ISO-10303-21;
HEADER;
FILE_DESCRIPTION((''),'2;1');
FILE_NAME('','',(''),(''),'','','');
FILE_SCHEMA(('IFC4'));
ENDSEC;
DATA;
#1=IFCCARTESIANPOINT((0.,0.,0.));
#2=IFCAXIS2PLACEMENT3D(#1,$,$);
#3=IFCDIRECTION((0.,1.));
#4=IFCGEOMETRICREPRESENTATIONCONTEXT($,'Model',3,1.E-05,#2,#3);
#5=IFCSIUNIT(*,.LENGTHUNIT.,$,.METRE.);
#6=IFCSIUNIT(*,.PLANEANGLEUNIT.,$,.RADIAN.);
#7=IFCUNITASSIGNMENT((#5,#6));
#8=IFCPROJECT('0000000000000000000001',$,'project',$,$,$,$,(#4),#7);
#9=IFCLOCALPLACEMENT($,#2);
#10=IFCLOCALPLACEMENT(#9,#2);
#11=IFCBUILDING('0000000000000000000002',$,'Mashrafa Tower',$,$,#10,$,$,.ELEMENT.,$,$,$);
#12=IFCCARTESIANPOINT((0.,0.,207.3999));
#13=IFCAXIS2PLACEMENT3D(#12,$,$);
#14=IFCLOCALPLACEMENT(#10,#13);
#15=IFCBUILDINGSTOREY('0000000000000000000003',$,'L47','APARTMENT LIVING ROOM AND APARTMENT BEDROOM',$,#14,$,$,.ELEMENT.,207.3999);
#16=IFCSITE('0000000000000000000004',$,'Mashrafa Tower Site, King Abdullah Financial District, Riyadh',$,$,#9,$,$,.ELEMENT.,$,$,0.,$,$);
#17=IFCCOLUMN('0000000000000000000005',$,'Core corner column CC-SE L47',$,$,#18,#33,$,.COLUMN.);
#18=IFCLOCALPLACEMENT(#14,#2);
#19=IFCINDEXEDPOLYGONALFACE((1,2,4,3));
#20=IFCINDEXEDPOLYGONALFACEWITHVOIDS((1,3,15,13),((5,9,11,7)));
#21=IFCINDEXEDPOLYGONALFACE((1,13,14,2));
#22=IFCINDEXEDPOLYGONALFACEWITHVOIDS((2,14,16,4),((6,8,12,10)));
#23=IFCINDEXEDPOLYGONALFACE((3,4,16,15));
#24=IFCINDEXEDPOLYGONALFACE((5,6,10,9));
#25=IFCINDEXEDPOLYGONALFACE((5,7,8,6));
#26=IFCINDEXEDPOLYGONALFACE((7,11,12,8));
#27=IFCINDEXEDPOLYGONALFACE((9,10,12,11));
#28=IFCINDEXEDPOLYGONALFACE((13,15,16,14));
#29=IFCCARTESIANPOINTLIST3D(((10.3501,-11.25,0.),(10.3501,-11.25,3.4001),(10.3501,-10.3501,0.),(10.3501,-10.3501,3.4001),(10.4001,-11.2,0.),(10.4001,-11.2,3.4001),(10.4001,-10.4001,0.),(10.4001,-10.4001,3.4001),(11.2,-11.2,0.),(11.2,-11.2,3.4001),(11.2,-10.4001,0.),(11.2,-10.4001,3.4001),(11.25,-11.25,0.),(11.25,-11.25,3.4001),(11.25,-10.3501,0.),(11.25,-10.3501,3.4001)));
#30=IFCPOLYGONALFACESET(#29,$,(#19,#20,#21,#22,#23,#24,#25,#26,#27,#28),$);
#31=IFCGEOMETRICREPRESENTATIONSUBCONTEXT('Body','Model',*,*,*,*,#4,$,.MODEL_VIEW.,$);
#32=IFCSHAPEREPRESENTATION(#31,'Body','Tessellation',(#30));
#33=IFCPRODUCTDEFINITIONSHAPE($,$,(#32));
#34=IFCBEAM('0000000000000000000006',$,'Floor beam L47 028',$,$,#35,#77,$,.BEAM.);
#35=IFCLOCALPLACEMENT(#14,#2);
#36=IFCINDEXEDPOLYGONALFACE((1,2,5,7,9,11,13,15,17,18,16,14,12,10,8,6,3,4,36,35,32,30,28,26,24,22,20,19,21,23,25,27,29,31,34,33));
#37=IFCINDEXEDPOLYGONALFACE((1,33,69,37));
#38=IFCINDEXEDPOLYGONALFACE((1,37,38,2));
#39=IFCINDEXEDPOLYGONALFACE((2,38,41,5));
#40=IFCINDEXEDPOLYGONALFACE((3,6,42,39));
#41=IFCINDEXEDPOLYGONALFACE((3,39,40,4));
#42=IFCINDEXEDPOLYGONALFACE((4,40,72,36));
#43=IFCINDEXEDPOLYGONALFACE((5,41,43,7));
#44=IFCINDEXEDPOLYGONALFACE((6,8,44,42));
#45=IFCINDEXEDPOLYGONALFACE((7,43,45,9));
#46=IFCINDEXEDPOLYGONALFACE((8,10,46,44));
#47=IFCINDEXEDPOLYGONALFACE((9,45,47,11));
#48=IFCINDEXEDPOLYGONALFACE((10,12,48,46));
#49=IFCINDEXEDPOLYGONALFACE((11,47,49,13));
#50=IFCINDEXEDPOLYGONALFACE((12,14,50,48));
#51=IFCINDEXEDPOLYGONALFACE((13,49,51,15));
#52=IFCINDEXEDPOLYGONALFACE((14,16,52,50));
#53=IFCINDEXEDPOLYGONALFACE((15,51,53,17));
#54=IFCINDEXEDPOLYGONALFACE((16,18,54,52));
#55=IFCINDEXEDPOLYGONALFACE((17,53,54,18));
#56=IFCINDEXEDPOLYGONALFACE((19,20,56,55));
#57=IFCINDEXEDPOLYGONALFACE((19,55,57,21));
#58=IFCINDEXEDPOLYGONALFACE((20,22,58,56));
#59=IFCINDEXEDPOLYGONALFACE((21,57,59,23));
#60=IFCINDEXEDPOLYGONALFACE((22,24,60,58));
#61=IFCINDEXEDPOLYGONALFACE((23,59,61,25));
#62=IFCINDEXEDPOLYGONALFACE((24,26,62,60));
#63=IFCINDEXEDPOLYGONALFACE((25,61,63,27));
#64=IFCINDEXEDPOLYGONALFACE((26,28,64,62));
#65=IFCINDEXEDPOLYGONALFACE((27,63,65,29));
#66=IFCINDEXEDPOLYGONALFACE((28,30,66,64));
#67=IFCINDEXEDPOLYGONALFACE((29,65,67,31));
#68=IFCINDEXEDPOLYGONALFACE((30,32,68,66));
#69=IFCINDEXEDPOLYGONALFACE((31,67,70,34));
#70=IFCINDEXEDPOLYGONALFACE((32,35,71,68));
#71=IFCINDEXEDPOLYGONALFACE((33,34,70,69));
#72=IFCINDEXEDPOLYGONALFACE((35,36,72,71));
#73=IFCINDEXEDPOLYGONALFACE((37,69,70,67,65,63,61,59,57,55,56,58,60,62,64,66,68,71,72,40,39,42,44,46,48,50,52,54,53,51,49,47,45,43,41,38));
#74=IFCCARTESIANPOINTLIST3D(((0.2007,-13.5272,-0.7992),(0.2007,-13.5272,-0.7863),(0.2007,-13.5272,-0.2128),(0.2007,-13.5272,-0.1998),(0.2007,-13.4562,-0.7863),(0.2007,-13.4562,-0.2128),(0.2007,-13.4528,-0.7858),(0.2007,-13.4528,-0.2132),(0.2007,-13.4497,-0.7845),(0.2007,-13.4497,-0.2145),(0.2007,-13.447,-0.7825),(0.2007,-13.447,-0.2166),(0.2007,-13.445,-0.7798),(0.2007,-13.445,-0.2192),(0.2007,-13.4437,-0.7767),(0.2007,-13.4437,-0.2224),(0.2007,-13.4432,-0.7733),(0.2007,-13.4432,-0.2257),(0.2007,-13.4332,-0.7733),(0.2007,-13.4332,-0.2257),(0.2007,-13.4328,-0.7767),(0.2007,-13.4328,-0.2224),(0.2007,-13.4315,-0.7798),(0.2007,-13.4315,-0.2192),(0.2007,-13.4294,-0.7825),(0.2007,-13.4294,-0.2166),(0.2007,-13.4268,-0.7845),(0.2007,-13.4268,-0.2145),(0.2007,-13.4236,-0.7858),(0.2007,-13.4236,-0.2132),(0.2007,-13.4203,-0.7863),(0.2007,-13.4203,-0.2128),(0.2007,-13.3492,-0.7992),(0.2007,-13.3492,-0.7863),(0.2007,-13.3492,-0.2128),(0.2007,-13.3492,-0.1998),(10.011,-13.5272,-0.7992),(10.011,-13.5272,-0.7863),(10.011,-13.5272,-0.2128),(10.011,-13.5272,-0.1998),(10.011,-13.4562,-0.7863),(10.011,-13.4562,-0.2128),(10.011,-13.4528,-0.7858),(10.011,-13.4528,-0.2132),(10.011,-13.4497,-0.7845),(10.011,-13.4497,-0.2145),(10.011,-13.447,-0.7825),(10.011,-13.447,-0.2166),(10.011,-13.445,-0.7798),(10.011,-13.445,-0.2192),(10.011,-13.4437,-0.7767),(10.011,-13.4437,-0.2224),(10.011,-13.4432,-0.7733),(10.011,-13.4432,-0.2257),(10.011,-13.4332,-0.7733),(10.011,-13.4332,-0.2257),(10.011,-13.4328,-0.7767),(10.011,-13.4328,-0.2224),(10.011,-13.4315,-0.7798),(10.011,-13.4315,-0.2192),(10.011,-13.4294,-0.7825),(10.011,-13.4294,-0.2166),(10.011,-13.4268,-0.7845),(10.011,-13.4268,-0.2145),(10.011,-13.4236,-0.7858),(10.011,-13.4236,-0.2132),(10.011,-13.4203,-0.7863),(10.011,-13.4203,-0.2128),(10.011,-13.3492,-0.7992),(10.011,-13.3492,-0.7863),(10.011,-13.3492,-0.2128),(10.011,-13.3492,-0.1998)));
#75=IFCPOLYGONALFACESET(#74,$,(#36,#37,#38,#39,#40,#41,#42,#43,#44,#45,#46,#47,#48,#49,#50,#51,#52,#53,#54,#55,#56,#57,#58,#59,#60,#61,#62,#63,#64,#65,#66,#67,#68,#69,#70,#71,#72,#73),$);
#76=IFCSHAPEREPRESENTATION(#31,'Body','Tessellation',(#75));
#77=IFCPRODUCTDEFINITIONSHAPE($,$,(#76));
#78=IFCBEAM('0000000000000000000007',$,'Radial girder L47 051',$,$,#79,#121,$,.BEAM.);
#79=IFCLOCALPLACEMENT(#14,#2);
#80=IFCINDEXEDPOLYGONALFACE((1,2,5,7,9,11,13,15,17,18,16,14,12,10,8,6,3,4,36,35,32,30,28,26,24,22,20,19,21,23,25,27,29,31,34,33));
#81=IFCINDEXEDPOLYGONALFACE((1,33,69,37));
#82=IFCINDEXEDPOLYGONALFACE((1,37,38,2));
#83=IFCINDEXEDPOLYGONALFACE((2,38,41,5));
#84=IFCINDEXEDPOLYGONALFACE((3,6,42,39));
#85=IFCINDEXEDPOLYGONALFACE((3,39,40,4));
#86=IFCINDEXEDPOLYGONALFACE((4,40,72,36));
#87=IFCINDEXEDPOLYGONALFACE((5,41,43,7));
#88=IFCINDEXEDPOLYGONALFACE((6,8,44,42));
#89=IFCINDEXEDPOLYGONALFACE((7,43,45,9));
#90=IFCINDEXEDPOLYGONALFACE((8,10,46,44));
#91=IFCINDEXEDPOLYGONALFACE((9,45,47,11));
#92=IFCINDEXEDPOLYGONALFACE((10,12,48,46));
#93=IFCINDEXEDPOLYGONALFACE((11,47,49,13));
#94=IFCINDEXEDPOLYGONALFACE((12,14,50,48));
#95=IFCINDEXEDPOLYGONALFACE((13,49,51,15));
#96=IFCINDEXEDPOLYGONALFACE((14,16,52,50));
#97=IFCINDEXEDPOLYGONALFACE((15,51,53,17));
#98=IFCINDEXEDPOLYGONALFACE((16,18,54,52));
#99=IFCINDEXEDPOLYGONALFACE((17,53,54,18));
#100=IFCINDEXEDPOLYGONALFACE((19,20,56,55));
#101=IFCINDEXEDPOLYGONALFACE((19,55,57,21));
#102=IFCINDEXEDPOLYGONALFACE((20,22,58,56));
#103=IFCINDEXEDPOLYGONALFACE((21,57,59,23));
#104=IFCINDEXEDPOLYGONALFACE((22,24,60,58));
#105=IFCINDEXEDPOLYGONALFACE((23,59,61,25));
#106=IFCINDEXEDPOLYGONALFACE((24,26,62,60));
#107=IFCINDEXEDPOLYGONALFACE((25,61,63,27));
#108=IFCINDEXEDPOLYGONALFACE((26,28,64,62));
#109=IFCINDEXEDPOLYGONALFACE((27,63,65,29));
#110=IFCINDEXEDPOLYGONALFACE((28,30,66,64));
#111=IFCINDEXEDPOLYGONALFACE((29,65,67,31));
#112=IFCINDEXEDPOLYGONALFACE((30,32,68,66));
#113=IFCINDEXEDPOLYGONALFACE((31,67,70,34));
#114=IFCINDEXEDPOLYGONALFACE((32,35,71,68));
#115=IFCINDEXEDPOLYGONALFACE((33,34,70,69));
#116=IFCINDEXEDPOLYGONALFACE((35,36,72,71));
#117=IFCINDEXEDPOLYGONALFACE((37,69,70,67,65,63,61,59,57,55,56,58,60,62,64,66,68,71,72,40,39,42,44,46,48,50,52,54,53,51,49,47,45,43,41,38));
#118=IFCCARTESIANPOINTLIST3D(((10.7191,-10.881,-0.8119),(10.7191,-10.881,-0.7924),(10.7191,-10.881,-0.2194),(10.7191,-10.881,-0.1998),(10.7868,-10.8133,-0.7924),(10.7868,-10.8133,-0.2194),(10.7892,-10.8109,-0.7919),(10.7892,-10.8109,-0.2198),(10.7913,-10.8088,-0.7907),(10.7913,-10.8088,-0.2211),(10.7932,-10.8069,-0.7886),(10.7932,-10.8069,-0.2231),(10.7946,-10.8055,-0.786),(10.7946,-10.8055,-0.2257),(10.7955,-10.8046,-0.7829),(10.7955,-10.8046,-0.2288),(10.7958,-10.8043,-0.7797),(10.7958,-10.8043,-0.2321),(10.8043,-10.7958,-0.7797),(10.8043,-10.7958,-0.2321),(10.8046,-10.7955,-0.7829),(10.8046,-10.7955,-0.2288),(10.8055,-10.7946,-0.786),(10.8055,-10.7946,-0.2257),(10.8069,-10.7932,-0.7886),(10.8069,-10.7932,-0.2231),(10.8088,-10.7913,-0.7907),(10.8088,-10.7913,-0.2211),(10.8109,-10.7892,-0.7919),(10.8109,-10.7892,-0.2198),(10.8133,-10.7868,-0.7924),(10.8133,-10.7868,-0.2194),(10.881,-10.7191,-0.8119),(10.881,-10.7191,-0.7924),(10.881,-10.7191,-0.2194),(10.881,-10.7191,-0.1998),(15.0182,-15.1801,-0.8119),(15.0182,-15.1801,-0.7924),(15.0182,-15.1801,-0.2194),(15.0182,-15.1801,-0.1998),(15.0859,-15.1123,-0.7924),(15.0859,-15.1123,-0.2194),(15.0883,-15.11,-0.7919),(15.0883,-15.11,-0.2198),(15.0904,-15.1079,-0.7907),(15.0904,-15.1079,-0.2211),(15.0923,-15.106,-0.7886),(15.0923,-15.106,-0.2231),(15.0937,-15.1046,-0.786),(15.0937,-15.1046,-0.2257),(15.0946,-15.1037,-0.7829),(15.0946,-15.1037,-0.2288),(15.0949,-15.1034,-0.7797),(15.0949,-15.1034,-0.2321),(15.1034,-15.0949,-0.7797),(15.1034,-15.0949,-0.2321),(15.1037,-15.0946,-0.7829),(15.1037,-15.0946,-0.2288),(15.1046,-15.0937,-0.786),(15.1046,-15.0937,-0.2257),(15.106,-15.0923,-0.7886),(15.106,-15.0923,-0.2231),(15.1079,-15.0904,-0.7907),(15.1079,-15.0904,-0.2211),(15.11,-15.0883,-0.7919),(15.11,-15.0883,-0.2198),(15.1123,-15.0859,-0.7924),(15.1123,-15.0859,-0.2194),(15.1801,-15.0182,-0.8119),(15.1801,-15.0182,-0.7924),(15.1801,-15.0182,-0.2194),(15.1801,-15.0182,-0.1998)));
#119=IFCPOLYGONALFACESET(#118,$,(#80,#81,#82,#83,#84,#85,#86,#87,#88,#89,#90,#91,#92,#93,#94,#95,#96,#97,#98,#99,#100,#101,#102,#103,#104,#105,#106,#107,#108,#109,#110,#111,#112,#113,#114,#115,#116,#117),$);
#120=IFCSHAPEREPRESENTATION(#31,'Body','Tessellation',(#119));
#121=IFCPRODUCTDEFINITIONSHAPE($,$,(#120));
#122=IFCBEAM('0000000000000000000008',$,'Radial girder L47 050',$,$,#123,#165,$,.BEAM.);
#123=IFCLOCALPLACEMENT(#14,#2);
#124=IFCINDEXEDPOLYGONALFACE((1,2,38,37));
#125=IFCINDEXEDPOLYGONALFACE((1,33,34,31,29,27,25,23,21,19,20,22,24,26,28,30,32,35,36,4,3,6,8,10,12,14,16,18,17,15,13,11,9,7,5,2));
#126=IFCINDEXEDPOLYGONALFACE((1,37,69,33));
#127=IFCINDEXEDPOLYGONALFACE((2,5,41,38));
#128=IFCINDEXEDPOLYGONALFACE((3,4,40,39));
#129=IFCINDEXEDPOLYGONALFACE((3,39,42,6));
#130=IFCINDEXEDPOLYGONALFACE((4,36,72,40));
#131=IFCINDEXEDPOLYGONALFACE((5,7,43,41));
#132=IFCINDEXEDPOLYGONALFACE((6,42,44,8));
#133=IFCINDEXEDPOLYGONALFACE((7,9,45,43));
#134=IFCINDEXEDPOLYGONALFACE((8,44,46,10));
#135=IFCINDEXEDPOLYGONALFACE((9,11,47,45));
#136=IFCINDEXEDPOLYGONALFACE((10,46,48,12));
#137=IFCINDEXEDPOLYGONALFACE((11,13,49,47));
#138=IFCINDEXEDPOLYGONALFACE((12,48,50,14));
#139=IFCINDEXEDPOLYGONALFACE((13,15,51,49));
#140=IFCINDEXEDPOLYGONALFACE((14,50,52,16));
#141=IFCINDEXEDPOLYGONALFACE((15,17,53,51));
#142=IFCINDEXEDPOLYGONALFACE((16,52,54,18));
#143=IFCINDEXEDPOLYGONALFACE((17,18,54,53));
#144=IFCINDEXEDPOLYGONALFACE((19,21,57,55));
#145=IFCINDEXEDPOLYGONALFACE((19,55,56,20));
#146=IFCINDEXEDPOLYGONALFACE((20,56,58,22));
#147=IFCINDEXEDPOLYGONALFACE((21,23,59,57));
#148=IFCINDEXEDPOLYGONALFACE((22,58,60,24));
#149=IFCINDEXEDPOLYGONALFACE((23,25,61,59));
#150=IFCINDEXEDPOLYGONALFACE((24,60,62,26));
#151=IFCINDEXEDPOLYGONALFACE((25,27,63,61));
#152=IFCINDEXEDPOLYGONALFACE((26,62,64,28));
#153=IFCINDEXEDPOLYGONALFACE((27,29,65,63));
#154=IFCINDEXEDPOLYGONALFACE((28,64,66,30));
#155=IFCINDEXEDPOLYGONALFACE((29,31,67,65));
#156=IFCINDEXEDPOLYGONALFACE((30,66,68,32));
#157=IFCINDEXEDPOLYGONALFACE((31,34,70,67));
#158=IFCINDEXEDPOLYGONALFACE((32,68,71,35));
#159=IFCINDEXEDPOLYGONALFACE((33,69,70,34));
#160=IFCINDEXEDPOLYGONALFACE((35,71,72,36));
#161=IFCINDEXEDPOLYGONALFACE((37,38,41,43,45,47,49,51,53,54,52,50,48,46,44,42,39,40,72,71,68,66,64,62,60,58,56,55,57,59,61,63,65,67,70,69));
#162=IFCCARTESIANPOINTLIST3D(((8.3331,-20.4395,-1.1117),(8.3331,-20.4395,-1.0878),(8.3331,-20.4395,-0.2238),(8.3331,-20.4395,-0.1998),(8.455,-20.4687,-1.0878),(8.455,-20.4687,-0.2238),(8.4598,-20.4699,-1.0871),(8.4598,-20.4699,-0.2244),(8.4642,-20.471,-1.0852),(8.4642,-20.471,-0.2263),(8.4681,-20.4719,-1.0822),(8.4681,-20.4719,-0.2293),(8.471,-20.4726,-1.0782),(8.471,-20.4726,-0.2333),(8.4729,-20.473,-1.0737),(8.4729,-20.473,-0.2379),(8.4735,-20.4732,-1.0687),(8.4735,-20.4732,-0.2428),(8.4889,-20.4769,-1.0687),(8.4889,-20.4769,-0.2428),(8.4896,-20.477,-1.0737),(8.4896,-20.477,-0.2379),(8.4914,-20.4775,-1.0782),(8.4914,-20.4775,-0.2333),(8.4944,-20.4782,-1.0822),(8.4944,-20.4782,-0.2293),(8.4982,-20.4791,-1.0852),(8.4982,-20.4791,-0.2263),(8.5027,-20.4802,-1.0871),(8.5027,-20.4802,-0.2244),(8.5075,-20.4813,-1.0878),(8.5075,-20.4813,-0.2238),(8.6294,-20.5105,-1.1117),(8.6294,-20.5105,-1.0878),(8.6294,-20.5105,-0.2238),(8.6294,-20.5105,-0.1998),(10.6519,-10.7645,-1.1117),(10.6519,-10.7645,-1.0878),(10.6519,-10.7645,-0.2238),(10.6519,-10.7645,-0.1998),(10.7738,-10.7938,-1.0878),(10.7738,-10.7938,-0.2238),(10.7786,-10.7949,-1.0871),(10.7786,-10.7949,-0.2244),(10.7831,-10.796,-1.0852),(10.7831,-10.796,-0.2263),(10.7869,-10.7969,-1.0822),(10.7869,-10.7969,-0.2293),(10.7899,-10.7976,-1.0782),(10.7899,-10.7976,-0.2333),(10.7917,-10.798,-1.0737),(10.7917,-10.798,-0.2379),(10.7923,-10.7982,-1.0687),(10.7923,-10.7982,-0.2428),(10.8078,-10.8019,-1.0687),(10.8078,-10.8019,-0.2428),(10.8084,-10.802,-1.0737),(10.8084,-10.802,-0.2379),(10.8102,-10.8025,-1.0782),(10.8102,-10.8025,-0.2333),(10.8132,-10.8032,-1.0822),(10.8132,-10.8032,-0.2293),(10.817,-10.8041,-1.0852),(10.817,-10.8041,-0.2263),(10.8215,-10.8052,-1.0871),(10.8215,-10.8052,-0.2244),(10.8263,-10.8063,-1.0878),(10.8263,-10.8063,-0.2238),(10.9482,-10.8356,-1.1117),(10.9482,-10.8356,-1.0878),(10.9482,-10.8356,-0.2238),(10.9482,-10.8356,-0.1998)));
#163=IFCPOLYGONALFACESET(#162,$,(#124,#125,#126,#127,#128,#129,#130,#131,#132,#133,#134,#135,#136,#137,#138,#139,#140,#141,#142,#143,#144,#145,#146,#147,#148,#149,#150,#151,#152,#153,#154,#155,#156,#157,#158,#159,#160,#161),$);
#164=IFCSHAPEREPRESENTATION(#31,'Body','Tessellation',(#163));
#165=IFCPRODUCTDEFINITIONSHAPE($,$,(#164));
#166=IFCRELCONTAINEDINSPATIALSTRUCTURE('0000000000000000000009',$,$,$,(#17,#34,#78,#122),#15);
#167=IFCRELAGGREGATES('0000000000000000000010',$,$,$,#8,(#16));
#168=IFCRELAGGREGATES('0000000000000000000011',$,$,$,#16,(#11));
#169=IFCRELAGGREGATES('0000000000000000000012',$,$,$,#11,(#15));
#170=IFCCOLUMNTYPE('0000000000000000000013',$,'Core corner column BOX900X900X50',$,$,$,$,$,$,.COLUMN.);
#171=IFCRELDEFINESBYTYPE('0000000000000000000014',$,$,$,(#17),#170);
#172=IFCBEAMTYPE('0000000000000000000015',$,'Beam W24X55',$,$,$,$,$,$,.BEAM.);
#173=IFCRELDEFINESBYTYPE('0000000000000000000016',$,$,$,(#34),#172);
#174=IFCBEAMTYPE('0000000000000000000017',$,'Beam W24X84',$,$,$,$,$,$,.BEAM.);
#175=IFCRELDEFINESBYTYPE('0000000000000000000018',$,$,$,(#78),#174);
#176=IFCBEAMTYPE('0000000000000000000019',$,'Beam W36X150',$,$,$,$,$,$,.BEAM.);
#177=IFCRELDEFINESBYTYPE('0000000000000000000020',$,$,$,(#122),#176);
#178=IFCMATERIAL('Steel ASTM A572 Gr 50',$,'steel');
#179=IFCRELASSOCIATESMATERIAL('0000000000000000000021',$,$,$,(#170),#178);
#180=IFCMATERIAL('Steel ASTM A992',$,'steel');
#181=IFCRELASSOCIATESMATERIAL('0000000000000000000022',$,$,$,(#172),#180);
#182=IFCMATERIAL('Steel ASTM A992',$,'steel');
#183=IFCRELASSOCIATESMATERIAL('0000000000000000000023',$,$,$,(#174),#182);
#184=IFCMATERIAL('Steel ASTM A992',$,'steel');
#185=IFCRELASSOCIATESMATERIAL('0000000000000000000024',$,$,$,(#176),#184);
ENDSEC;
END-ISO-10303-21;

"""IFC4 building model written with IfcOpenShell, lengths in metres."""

from ifc_helpers import new_model, si_unit, direction, frame, origin, origin_2d, place, context, subcontext, project, spatial, hollow_rectangle, i_section, extrude, material, material_profile, profile_set, type_object, element, save


model = new_model("IFC4")

# Units and contexts
model_context = context("Model", 3, precision=1e-05, world=origin(), true_north=direction((0.0, 1.0)))
body_context = subcontext(model_context, "Body", "Model", "MODEL_VIEW")
ifc_project = project(units=[si_unit("LENGTHUNIT", "METRE"), si_unit("PLANEANGLEUNIT", "RADIAN")], contexts=[model_context])

# Site, building, storey
site_placement = place(None, origin())
site = spatial("IfcSite", under=ifc_project, at=site_placement, Name="Mashrafa Tower Site, King Abdullah Financial District, Riyadh", CompositionType="ELEMENT", RefElevation=0.0)
building_placement = place(site_placement, origin())
building = spatial("IfcBuilding", under=site, at=building_placement, Name="Mashrafa Tower", CompositionType="ELEMENT")
storey_placement = place(building_placement, frame((0.0, 0.0, 207.3999)))
storey = spatial("IfcBuildingStorey", under=building, at=storey_placement, Name="L47", Description="APARTMENT LIVING ROOM AND APARTMENT BEDROOM", CompositionType="ELEMENT", Elevation=207.3999)

# Column
ifc_material_1 = material(Name="Steel ASTM A572 Gr 50", Category="steel")
ifc_material_profile_1 = material_profile(ifc_material_1, hollow_rectangle(XDim=0.8999, YDim=0.8999, WallThickness=0.05, at=origin_2d()), Name="BOX900X900X50")
ifc_profile_set_1 = profile_set([ifc_material_profile_1], Name="Steel ASTM A572 Gr 50")
column_type = type_object("IfcColumnType", Name="Core corner column BOX900X900X50", PredefinedType="COLUMN", material=ifc_profile_set_1)
column_placement = place(storey_placement, frame((10.8, -10.8, 0.0), z_axis=(0.0, 0.0, 1.0), x_axis=(1.0, 0.0, 0.0)))
element("IfcColumn", 1, at=column_placement, inside=storey, type_object=column_type, Name="Core corner column CC-SE L47", PredefinedType="COLUMN", context=body_context, shape_type="SweptSolid", body=[
    extrude(hollow_rectangle(XDim=0.8999, YDim=0.8999, WallThickness=0.05, at=origin_2d()), origin(), (0.0, 0.0, 1.0), 3.4001),
])

# Beams
ifc_material_2 = material(Name="Steel ASTM A992", Category="steel")
ifc_material_profile_2 = material_profile(ifc_material_2, i_section(OverallWidth=0.178, OverallDepth=0.5994, WebThickness=0.01, FlangeThickness=0.0129, FilletRadius=0.0129, at=origin_2d()), Name="W24X55")
ifc_profile_set_2 = profile_set([ifc_material_profile_2], Name="Steel ASTM A992")
beam_type_1 = type_object("IfcBeamType", Name="Beam W24X55", PredefinedType="BEAM", material=ifc_profile_set_2)
beam_1_placement = place(storey_placement, frame((10.011, -13.4382, -0.4995), z_axis=(-1.0, 0.0, 0.0), x_axis=(0.0, -1.0, 0.0)))
element("IfcBeam", 2, at=beam_1_placement, inside=storey, type_object=beam_type_1, Name="Floor beam L47 028", PredefinedType="BEAM", context=body_context, shape_type="SweptSolid", body=[
    extrude(i_section(OverallWidth=0.178, OverallDepth=0.5994, WebThickness=0.01, FlangeThickness=0.0129, FilletRadius=0.0129, at=origin_2d()), origin(), (0.0, 0.0, 1.0), 9.8103),
])
ifc_material_3 = material(Name="Steel ASTM A992", Category="steel")
ifc_material_profile_3 = material_profile(ifc_material_3, i_section(OverallWidth=0.229, OverallDepth=0.6121, WebThickness=0.012, FlangeThickness=0.0195, FilletRadius=0.0127, at=origin_2d()), Name="W24X84")
ifc_profile_set_3 = profile_set([ifc_material_profile_3], Name="Steel ASTM A992")
beam_type_2 = type_object("IfcBeamType", Name="Beam W24X84", PredefinedType="BEAM", material=ifc_profile_set_3)
beam_2_placement = place(storey_placement, frame((10.8, -10.8, -0.5059), z_axis=(0.707107, -0.707107, 0.0), x_axis=(0.707107, 0.707107, 0.0)))
element("IfcBeam", 3, at=beam_2_placement, inside=storey, type_object=beam_type_2, Name="Radial girder L47 051", PredefinedType="BEAM", context=body_context, shape_type="SweptSolid", body=[
    extrude(i_section(OverallWidth=0.229, OverallDepth=0.6121, WebThickness=0.012, FlangeThickness=0.0195, FilletRadius=0.0127, at=origin_2d()), origin(), (0.0, 0.0, 1.0), 6.0798),
])
ifc_material_4 = material(Name="Steel ASTM A992", Category="steel")
ifc_material_profile_4 = material_profile(ifc_material_4, i_section(OverallWidth=0.3047, OverallDepth=0.9119, WebThickness=0.0159, FlangeThickness=0.0239, FilletRadius=0.019, at=origin_2d()), Name="W36X150")
ifc_profile_set_4 = profile_set([ifc_material_profile_4], Name="Steel ASTM A992")
beam_type_3 = type_object("IfcBeamType", Name="Beam W36X150", PredefinedType="BEAM", material=ifc_profile_set_4)
for number, where, z_axis, x_axis, name in (
    (4, (10.8, -10.8, -0.6558), (-0.233072, -0.972459, 0.0), (0.972459, -0.233072, 0.0), "Radial girder L47 050"),
):
    element("IfcBeam", number, at=place(storey_placement, frame(where, z_axis=z_axis, x_axis=x_axis)), inside=storey, type_object=beam_type_3, Name=name, PredefinedType="BEAM", context=body_context, shape_type="SweptSolid", body=[
        extrude(i_section(OverallWidth=0.3047, OverallDepth=0.9119, WebThickness=0.0159, FlangeThickness=0.0239, FilletRadius=0.019, at=origin_2d()), origin(), (0.0, 0.0, 1.0), 9.949),
    ])

save(model, "model.ifc")
